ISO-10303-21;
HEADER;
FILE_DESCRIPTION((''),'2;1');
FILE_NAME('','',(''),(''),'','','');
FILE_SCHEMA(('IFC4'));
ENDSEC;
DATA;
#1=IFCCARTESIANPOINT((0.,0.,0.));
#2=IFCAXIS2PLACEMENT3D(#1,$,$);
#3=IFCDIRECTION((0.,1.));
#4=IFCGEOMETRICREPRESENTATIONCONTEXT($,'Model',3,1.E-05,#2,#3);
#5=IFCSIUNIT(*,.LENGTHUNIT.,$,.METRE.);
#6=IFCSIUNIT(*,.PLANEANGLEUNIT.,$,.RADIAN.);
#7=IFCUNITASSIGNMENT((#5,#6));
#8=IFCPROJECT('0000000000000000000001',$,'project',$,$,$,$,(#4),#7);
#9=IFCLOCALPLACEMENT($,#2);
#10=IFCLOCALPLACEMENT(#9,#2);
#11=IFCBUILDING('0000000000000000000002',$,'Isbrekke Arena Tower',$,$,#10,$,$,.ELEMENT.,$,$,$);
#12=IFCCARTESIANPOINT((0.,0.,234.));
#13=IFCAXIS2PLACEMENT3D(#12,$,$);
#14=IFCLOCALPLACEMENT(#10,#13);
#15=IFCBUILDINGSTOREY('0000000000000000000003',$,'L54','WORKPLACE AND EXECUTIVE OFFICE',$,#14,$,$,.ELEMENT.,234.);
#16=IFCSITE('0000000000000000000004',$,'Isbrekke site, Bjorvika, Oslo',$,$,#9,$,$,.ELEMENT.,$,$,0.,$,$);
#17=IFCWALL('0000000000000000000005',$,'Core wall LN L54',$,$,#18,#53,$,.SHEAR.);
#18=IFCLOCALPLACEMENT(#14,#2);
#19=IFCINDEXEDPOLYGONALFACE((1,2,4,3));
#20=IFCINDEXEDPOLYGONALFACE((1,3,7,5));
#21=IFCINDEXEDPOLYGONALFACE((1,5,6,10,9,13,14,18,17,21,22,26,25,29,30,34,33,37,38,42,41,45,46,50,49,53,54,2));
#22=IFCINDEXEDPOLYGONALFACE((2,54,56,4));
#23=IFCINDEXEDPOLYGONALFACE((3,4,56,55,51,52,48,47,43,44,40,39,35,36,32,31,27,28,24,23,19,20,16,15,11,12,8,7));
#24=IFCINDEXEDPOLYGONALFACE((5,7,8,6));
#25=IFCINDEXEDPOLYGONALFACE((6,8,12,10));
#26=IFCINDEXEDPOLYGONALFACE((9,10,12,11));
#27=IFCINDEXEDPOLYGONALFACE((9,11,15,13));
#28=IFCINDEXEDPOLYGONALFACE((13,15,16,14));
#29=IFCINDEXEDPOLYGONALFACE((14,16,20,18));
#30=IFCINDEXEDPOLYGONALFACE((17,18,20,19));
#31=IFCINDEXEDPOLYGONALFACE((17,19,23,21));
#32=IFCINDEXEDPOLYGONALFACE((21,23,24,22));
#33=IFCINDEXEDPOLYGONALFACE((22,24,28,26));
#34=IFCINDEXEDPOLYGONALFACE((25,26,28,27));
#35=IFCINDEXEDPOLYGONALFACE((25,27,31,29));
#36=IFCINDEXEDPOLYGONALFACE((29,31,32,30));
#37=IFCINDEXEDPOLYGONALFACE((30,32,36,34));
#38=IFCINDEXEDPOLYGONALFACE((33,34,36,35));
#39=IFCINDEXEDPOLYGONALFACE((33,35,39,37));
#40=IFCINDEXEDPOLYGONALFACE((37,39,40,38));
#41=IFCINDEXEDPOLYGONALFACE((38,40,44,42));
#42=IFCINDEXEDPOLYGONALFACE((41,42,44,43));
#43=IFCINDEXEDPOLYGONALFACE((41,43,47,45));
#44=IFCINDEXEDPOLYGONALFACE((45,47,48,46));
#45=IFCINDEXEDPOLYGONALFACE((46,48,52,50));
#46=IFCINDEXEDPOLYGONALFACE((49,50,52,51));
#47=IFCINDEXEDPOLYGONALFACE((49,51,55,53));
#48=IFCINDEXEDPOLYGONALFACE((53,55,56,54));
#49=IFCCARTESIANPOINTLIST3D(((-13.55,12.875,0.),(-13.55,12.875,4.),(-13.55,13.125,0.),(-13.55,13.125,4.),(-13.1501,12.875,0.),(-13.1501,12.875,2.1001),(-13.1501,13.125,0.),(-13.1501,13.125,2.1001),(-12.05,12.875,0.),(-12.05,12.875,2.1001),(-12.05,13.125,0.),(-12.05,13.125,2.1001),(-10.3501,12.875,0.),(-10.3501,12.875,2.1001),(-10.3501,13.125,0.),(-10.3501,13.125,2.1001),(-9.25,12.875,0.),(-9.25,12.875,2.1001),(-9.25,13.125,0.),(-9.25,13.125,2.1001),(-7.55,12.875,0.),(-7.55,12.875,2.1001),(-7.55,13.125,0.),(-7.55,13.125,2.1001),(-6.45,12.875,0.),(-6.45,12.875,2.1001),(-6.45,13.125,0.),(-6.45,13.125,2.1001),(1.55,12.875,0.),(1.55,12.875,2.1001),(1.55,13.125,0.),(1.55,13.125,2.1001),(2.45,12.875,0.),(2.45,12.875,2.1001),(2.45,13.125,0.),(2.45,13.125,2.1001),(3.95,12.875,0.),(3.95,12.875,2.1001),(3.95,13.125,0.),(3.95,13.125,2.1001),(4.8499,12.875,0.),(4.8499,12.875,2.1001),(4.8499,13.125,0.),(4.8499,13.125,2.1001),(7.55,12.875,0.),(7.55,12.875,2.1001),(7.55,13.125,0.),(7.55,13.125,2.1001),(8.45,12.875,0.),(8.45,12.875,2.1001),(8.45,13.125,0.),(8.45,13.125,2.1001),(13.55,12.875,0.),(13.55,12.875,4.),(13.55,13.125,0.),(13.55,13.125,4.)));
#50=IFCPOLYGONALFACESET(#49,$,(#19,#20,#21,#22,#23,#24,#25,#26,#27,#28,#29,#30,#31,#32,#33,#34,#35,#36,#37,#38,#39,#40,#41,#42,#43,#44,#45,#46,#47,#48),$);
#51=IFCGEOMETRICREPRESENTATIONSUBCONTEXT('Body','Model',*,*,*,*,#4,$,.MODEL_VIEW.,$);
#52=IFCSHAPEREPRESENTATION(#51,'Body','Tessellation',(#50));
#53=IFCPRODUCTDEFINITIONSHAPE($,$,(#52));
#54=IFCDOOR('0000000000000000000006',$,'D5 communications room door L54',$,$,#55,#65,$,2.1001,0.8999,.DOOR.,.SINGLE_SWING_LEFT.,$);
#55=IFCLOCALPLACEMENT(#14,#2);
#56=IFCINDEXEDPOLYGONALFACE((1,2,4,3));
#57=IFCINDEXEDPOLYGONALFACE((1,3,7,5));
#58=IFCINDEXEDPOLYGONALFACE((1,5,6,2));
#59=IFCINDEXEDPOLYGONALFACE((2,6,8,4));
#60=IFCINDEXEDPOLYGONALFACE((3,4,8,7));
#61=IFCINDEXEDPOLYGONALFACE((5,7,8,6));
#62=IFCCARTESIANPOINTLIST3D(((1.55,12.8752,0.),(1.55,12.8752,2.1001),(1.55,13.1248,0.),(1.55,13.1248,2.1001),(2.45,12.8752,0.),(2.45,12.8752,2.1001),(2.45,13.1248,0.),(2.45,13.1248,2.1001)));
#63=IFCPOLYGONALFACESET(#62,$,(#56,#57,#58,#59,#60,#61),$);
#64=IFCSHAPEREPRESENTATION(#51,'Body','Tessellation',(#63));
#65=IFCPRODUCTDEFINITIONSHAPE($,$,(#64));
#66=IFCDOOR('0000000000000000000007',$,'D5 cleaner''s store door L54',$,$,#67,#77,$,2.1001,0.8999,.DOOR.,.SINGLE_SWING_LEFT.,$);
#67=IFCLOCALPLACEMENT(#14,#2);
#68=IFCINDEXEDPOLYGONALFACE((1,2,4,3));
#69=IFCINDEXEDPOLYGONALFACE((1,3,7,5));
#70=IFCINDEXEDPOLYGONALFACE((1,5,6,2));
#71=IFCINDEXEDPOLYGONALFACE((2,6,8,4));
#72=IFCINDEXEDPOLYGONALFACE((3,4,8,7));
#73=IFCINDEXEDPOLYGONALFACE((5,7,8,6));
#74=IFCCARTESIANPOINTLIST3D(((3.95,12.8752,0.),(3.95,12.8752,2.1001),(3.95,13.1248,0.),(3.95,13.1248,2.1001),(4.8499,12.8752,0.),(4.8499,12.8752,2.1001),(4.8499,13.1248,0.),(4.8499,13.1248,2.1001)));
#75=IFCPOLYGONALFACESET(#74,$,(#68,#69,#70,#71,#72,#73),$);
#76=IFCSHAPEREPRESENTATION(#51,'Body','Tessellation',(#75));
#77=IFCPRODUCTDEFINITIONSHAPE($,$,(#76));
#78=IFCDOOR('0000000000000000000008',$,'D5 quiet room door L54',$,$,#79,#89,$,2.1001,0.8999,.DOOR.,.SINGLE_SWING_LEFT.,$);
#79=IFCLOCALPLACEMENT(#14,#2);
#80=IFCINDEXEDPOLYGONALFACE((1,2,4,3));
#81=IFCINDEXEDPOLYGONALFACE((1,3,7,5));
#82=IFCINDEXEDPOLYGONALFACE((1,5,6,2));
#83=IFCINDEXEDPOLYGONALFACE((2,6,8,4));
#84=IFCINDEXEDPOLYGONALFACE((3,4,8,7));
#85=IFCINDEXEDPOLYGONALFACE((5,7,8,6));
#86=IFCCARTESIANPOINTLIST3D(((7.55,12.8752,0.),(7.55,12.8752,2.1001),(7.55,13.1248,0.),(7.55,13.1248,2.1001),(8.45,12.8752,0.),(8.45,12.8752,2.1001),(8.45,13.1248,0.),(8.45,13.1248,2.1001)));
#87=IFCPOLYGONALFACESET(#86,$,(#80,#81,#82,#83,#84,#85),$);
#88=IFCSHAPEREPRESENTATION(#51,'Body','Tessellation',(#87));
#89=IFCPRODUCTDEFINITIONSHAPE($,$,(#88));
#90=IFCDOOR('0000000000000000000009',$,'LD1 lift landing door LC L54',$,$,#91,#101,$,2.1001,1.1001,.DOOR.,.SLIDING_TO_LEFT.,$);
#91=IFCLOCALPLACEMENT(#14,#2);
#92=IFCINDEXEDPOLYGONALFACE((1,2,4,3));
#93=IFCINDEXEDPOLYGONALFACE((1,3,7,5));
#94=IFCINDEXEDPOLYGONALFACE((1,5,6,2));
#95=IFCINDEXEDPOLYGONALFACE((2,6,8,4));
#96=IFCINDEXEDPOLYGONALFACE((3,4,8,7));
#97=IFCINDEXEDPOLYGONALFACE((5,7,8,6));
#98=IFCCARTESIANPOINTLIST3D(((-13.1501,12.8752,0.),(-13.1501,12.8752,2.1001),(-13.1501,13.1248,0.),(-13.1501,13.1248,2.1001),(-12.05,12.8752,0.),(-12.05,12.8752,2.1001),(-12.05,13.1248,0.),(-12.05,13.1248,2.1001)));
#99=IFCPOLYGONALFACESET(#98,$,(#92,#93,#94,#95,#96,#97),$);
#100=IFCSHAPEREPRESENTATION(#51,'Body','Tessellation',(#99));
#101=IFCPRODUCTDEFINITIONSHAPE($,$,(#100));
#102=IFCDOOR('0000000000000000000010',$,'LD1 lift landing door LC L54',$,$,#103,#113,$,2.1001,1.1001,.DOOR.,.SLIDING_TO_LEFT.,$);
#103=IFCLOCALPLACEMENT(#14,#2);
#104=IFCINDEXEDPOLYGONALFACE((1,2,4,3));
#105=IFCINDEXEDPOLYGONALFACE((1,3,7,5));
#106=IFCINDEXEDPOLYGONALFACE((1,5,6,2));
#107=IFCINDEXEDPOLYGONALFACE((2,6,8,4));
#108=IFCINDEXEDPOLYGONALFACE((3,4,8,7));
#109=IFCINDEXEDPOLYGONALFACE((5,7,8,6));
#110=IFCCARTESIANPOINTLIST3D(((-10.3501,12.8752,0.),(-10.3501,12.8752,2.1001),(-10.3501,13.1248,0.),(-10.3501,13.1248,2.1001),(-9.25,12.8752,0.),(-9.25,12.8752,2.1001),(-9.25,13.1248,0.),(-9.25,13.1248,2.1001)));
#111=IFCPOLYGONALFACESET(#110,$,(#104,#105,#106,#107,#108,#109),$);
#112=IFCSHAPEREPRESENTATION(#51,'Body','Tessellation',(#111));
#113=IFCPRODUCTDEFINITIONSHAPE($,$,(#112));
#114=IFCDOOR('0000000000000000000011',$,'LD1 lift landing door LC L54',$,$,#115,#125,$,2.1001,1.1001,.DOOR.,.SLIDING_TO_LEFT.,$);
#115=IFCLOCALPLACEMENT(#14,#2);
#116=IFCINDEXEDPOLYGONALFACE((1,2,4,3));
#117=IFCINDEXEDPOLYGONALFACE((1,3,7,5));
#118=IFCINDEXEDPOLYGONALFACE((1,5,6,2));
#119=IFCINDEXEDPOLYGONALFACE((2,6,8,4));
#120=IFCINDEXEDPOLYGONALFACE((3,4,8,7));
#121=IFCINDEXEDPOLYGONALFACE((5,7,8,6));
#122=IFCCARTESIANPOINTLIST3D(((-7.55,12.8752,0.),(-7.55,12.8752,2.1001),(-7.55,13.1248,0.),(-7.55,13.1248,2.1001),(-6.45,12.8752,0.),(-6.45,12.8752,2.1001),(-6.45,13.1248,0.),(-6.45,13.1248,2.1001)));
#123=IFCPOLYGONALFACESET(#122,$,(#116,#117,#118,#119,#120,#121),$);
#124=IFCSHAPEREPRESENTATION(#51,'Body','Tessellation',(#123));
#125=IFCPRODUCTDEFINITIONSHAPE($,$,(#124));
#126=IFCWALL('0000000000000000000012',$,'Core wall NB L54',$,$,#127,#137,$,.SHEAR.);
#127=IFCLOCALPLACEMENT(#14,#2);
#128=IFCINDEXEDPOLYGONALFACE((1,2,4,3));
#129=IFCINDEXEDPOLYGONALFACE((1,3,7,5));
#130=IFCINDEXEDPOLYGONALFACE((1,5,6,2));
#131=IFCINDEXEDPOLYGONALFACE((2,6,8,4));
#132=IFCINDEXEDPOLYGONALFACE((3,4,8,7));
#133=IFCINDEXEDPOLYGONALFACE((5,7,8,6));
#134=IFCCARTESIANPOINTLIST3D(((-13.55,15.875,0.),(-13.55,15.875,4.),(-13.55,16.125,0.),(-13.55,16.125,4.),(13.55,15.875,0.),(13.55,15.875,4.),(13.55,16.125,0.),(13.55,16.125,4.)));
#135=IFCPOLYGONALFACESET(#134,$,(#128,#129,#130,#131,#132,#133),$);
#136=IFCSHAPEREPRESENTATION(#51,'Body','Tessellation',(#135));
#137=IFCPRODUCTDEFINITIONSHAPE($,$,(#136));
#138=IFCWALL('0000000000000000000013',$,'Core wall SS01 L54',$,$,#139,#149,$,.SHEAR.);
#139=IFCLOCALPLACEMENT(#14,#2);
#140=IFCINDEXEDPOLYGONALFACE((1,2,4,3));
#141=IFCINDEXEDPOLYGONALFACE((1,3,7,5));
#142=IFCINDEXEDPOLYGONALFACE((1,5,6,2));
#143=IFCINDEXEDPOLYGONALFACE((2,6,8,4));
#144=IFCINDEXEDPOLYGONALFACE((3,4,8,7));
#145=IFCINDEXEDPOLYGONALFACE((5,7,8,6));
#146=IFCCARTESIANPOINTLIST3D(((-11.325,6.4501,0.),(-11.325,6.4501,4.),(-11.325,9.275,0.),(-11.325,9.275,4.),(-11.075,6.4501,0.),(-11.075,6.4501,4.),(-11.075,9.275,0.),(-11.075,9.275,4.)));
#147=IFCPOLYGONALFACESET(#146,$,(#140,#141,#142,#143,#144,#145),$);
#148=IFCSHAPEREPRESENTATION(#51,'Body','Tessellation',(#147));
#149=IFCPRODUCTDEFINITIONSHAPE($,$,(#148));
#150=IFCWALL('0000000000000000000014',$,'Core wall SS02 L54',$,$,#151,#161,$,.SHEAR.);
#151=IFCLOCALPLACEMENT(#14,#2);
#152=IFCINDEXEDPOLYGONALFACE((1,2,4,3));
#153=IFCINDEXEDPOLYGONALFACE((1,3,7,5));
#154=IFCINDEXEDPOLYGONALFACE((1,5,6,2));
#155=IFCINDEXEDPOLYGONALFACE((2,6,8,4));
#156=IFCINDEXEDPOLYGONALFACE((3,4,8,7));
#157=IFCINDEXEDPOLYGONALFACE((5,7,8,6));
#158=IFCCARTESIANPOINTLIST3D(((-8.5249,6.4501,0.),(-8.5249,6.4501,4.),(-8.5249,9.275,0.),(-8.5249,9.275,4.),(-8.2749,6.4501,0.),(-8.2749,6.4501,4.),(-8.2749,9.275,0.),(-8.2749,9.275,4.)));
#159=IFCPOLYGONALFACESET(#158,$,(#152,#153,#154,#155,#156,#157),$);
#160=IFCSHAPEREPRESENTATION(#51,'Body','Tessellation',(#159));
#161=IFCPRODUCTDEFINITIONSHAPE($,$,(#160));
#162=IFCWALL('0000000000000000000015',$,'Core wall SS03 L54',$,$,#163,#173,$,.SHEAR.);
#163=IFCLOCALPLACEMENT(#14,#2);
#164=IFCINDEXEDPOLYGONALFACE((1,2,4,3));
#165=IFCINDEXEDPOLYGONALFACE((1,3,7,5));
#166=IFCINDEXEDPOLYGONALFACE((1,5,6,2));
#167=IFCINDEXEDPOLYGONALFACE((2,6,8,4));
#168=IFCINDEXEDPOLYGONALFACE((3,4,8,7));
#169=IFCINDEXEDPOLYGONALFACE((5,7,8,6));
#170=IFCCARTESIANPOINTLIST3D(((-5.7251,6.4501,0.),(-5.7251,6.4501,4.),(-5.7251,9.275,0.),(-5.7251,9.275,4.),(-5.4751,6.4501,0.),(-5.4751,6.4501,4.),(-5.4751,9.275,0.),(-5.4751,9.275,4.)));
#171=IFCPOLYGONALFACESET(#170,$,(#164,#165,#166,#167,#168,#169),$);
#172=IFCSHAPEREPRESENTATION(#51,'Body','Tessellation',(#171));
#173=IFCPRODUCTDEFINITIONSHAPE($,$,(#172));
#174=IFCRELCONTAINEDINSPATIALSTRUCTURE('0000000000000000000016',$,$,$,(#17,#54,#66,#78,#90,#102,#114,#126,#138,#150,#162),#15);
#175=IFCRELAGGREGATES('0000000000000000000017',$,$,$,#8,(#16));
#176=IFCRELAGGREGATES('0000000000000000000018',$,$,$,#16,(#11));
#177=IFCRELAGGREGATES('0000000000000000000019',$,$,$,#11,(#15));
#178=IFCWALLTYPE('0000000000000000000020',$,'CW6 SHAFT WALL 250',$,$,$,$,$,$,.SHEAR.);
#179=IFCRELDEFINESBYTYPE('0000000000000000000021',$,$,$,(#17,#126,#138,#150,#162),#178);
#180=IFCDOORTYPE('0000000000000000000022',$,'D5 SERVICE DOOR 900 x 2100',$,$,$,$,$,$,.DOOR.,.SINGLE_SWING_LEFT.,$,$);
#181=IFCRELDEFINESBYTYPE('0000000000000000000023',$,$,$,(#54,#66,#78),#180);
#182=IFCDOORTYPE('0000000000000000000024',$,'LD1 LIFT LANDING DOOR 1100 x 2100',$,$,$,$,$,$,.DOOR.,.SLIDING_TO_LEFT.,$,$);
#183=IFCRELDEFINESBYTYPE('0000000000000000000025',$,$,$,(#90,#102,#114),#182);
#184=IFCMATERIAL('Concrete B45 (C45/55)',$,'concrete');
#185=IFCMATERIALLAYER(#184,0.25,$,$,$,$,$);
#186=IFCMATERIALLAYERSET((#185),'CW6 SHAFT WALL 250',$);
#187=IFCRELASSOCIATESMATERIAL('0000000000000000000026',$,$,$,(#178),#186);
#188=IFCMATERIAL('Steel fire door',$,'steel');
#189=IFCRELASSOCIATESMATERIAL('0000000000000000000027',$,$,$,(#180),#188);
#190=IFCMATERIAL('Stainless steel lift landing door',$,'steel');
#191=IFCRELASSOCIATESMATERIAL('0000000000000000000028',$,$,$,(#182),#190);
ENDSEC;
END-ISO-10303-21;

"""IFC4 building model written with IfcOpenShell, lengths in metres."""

from ifc_helpers import new_model, si_unit, direction, frame, frame_2d, origin, place, context, subcontext, project, spatial, rectangle, extrude, material, layer, layer_set, type_object, element, fill, save


model = new_model("IFC4")

# Units and contexts
model_context = context("Model", 3, precision=1e-05, world=origin(), true_north=direction((0.0, 1.0)))
body_context = subcontext(model_context, "Body", "Model", "MODEL_VIEW")
ifc_project = project(units=[si_unit("LENGTHUNIT", "METRE"), si_unit("PLANEANGLEUNIT", "RADIAN")], contexts=[model_context])

# Site, building, storey
site_placement = place(None, origin())
site = spatial("IfcSite", under=ifc_project, at=site_placement, Name="Isbrekke site, Bjorvika, Oslo", CompositionType="ELEMENT", RefElevation=0.0)
building_placement = place(site_placement, origin())
building = spatial("IfcBuilding", under=site, at=building_placement, Name="Isbrekke Arena Tower", CompositionType="ELEMENT")
storey_placement = place(building_placement, frame((0.0, 0.0, 234.0)))
storey = spatial("IfcBuildingStorey", under=building, at=storey_placement, Name="L54", Description="WORKPLACE AND EXECUTIVE OFFICE", CompositionType="ELEMENT", Elevation=234.0)

# Wall, openings, doors
ifc_material_1 = material(Name="Concrete B45 (C45/55)", Category="concrete")
ifc_layer_1 = layer(ifc_material_1, 0.25)
ifc_layer_set_1 = layer_set([ifc_layer_1], Name="CW6 SHAFT WALL 250")
wall_type_1 = type_object("IfcWallType", Name="CW6 SHAFT WALL 250", PredefinedType="SHEAR", material=ifc_layer_set_1)
ifc_material_2 = material(Name="Steel fire door", Category="steel")
door_type_1 = type_object("IfcDoorType", Name="D5 SERVICE DOOR 900 x 2100", OperationType="SINGLE_SWING_LEFT", PredefinedType="DOOR", material=ifc_material_2)
ifc_material_3 = material(Name="Stainless steel lift landing door", Category="steel")
door_type_2 = type_object("IfcDoorType", Name="LD1 LIFT LANDING DOOR 1100 x 2100", OperationType="SLIDING_TO_LEFT", PredefinedType="DOOR", material=ifc_material_3)
wall_1_placement = place(storey_placement, frame((-13.55, 13.0, 0.0), z_axis=(0.0, 0.0, 1.0), x_axis=(1.0, 0.0, 0.0)))
wall_1 = element("IfcWall", 1, at=wall_1_placement, inside=storey, type_object=wall_type_1, Name="Core wall LN L54", PredefinedType="SHEAR", context=body_context, shape_type="SweptSolid", body=[
    extrude(rectangle(XDim=27.1001, YDim=0.25, at=frame_2d((13.55, 0.0))), origin(), (0.0, 0.0, 1.0), 4.0),
])
opening_1_placement = place(wall_1_placement, frame((0.3999, 0.0, 0.0)))
opening_1 = element("IfcOpeningElement", 2, at=opening_1_placement, cuts=wall_1, PredefinedType="OPENING", context=body_context, shape_type="SweptSolid", body=[
    extrude(rectangle(XDim=1.1001, YDim=2.1001, at=frame_2d((0.55, 1.05))), frame((0.0, 0.1399, 0.0), z_axis=(0.0, -1.0, 0.0), x_axis=(1.0, 0.0, 0.0)), (0.0, 0.0, 1.0), 0.2798),
])
opening_2_placement = place(wall_1_placement, frame((3.2, 0.0, 0.0)))
opening_2 = element("IfcOpeningElement", 3, at=opening_2_placement, cuts=wall_1, PredefinedType="OPENING", context=body_context, shape_type="SweptSolid", body=[
    extrude(rectangle(XDim=1.1001, YDim=2.1001, at=frame_2d((0.55, 1.05))), frame((0.0, 0.1399, 0.0), z_axis=(0.0, -1.0, 0.0), x_axis=(1.0, 0.0, 0.0)), (0.0, 0.0, 1.0), 0.2798),
])
opening_3_placement = place(wall_1_placement, frame((6.0, 0.0, 0.0)))
opening_3 = element("IfcOpeningElement", 4, at=opening_3_placement, cuts=wall_1, PredefinedType="OPENING", context=body_context, shape_type="SweptSolid", body=[
    extrude(rectangle(XDim=1.1001, YDim=2.1001, at=frame_2d((0.55, 1.05))), frame((0.0, 0.1399, 0.0), z_axis=(0.0, -1.0, 0.0), x_axis=(1.0, 0.0, 0.0)), (0.0, 0.0, 1.0), 0.2798),
])
opening_4_placement = place(wall_1_placement, frame((15.1001, 0.0, 0.0)))
opening_4 = element("IfcOpeningElement", 5, at=opening_4_placement, cuts=wall_1, PredefinedType="OPENING", context=body_context, shape_type="SweptSolid", body=[
    extrude(rectangle(XDim=0.8999, YDim=2.1001, at=frame_2d((0.45, 1.05))), frame((0.0, 0.1399, 0.0), z_axis=(0.0, -1.0, 0.0), x_axis=(1.0, 0.0, 0.0)), (0.0, 0.0, 1.0), 0.2798),
])
opening_5_placement = place(wall_1_placement, frame((17.5, 0.0, 0.0)))
opening_5 = element("IfcOpeningElement", 6, at=opening_5_placement, cuts=wall_1, PredefinedType="OPENING", context=body_context, shape_type="SweptSolid", body=[
    extrude(rectangle(XDim=0.8999, YDim=2.1001, at=frame_2d((0.45, 1.05))), frame((0.0, 0.1399, 0.0), z_axis=(0.0, -1.0, 0.0), x_axis=(1.0, 0.0, 0.0)), (0.0, 0.0, 1.0), 0.2798),
])
opening_6_placement = place(wall_1_placement, frame((21.1001, 0.0, 0.0)))
opening_6 = element("IfcOpeningElement", 7, at=opening_6_placement, cuts=wall_1, PredefinedType="OPENING", context=body_context, shape_type="SweptSolid", body=[
    extrude(rectangle(XDim=0.8999, YDim=2.1001, at=frame_2d((0.45, 1.05))), frame((0.0, 0.1399, 0.0), z_axis=(0.0, -1.0, 0.0), x_axis=(1.0, 0.0, 0.0)), (0.0, 0.0, 1.0), 0.2798),
])
door_1_placement = place(opening_4_placement, origin())
door_1 = element("IfcDoor", 8, at=door_1_placement, inside=storey, type_object=door_type_1, Name="D5 communications room door L54", OperationType="SINGLE_SWING_LEFT", OverallHeight=2.1001, OverallWidth=0.8999, PredefinedType="DOOR", context=body_context, shape_type="SweptSolid", body=[
    extrude(rectangle(XDim=0.8999, YDim=2.1001, at=frame_2d((0.45, 1.05))), frame((0.0, 0.1248, 0.0), z_axis=(0.0, -1.0, 0.0), x_axis=(1.0, 0.0, 0.0)), (0.0, 0.0, 1.0), 0.2495),
])
fill(opening_4, door_1)
door_2_placement = place(opening_5_placement, origin())
door_2 = element("IfcDoor", 9, at=door_2_placement, inside=storey, type_object=door_type_1, Name="D5 cleaner's store door L54", OperationType="SINGLE_SWING_LEFT", OverallHeight=2.1001, OverallWidth=0.8999, PredefinedType="DOOR", context=body_context, shape_type="SweptSolid", body=[
    extrude(rectangle(XDim=0.8999, YDim=2.1001, at=frame_2d((0.45, 1.05))), frame((0.0, 0.1248, 0.0), z_axis=(0.0, -1.0, 0.0), x_axis=(1.0, 0.0, 0.0)), (0.0, 0.0, 1.0), 0.2495),
])
fill(opening_5, door_2)
door_3_placement = place(opening_6_placement, origin())
door_3 = element("IfcDoor", 10, at=door_3_placement, inside=storey, type_object=door_type_1, Name="D5 quiet room door L54", OperationType="SINGLE_SWING_LEFT", OverallHeight=2.1001, OverallWidth=0.8999, PredefinedType="DOOR", context=body_context, shape_type="SweptSolid", body=[
    extrude(rectangle(XDim=0.8999, YDim=2.1001, at=frame_2d((0.45, 1.05))), frame((0.0, 0.1248, 0.0), z_axis=(0.0, -1.0, 0.0), x_axis=(1.0, 0.0, 0.0)), (0.0, 0.0, 1.0), 0.2495),
])
fill(opening_6, door_3)
door_4_placement = place(opening_1_placement, origin())
door_4 = element("IfcDoor", 11, at=door_4_placement, inside=storey, type_object=door_type_2, Name="LD1 lift landing door LC L54", OperationType="SLIDING_TO_LEFT", OverallHeight=2.1001, OverallWidth=1.1001, PredefinedType="DOOR", context=body_context, shape_type="SweptSolid", body=[
    extrude(rectangle(XDim=1.1001, YDim=2.1001, at=frame_2d((0.55, 1.05))), frame((0.0, 0.1248, 0.0), z_axis=(0.0, -1.0, 0.0), x_axis=(1.0, 0.0, 0.0)), (0.0, 0.0, 1.0), 0.2495),
])
fill(opening_1, door_4)
door_5_placement = place(opening_2_placement, origin())
door_5 = element("IfcDoor", 12, at=door_5_placement, inside=storey, type_object=door_type_2, Name="LD1 lift landing door LC L54", OperationType="SLIDING_TO_LEFT", OverallHeight=2.1001, OverallWidth=1.1001, PredefinedType="DOOR", context=body_context, shape_type="SweptSolid", body=[
    extrude(rectangle(XDim=1.1001, YDim=2.1001, at=frame_2d((0.55, 1.05))), frame((0.0, 0.1248, 0.0), z_axis=(0.0, -1.0, 0.0), x_axis=(1.0, 0.0, 0.0)), (0.0, 0.0, 1.0), 0.2495),
])
fill(opening_2, door_5)
door_6_placement = place(opening_3_placement, origin())
door_6 = element("IfcDoor", 13, at=door_6_placement, inside=storey, type_object=door_type_2, Name="LD1 lift landing door LC L54", OperationType="SLIDING_TO_LEFT", OverallHeight=2.1001, OverallWidth=1.1001, PredefinedType="DOOR", context=body_context, shape_type="SweptSolid", body=[
    extrude(rectangle(XDim=1.1001, YDim=2.1001, at=frame_2d((0.55, 1.05))), frame((0.0, 0.1248, 0.0), z_axis=(0.0, -1.0, 0.0), x_axis=(1.0, 0.0, 0.0)), (0.0, 0.0, 1.0), 0.2495),
])
fill(opening_3, door_6)

# Walls
wall_2_placement = place(storey_placement, frame((-13.55, 16.0, 0.0), z_axis=(0.0, 0.0, 1.0), x_axis=(1.0, 0.0, 0.0)))
element("IfcWall", 14, at=wall_2_placement, inside=storey, type_object=wall_type_1, Name="Core wall NB L54", PredefinedType="SHEAR", context=body_context, shape_type="SweptSolid", body=[
    extrude(rectangle(XDim=27.1001, YDim=0.25, at=frame_2d((13.55, 0.0))), origin(), (0.0, 0.0, 1.0), 4.0),
])
for number, where, z_axis, x_axis, name in (
    (15, (-11.2, 6.45, 0.0), (0.0, 0.0, 1.0), (0.0, 1.0, 0.0), "Core wall SS01 L54"),
    (16, (-8.3999, 6.45, 0.0), (0.0, 0.0, 1.0), (0.0, 1.0, 0.0), "Core wall SS02 L54"),
    (17, (-5.6001, 6.45, 0.0), (0.0, 0.0, 1.0), (0.0, 1.0, 0.0), "Core wall SS03 L54"),
):
    element("IfcWall", number, at=place(storey_placement, frame(where, z_axis=z_axis, x_axis=x_axis)), inside=storey, type_object=wall_type_1, Name=name, PredefinedType="SHEAR", context=body_context, shape_type="SweptSolid", body=[
        extrude(rectangle(XDim=2.825, YDim=0.25, at=frame_2d((1.4126, 0.0))), origin(), (0.0, 0.0, 1.0), 4.0),
    ])

save(model, "model.ifc")
